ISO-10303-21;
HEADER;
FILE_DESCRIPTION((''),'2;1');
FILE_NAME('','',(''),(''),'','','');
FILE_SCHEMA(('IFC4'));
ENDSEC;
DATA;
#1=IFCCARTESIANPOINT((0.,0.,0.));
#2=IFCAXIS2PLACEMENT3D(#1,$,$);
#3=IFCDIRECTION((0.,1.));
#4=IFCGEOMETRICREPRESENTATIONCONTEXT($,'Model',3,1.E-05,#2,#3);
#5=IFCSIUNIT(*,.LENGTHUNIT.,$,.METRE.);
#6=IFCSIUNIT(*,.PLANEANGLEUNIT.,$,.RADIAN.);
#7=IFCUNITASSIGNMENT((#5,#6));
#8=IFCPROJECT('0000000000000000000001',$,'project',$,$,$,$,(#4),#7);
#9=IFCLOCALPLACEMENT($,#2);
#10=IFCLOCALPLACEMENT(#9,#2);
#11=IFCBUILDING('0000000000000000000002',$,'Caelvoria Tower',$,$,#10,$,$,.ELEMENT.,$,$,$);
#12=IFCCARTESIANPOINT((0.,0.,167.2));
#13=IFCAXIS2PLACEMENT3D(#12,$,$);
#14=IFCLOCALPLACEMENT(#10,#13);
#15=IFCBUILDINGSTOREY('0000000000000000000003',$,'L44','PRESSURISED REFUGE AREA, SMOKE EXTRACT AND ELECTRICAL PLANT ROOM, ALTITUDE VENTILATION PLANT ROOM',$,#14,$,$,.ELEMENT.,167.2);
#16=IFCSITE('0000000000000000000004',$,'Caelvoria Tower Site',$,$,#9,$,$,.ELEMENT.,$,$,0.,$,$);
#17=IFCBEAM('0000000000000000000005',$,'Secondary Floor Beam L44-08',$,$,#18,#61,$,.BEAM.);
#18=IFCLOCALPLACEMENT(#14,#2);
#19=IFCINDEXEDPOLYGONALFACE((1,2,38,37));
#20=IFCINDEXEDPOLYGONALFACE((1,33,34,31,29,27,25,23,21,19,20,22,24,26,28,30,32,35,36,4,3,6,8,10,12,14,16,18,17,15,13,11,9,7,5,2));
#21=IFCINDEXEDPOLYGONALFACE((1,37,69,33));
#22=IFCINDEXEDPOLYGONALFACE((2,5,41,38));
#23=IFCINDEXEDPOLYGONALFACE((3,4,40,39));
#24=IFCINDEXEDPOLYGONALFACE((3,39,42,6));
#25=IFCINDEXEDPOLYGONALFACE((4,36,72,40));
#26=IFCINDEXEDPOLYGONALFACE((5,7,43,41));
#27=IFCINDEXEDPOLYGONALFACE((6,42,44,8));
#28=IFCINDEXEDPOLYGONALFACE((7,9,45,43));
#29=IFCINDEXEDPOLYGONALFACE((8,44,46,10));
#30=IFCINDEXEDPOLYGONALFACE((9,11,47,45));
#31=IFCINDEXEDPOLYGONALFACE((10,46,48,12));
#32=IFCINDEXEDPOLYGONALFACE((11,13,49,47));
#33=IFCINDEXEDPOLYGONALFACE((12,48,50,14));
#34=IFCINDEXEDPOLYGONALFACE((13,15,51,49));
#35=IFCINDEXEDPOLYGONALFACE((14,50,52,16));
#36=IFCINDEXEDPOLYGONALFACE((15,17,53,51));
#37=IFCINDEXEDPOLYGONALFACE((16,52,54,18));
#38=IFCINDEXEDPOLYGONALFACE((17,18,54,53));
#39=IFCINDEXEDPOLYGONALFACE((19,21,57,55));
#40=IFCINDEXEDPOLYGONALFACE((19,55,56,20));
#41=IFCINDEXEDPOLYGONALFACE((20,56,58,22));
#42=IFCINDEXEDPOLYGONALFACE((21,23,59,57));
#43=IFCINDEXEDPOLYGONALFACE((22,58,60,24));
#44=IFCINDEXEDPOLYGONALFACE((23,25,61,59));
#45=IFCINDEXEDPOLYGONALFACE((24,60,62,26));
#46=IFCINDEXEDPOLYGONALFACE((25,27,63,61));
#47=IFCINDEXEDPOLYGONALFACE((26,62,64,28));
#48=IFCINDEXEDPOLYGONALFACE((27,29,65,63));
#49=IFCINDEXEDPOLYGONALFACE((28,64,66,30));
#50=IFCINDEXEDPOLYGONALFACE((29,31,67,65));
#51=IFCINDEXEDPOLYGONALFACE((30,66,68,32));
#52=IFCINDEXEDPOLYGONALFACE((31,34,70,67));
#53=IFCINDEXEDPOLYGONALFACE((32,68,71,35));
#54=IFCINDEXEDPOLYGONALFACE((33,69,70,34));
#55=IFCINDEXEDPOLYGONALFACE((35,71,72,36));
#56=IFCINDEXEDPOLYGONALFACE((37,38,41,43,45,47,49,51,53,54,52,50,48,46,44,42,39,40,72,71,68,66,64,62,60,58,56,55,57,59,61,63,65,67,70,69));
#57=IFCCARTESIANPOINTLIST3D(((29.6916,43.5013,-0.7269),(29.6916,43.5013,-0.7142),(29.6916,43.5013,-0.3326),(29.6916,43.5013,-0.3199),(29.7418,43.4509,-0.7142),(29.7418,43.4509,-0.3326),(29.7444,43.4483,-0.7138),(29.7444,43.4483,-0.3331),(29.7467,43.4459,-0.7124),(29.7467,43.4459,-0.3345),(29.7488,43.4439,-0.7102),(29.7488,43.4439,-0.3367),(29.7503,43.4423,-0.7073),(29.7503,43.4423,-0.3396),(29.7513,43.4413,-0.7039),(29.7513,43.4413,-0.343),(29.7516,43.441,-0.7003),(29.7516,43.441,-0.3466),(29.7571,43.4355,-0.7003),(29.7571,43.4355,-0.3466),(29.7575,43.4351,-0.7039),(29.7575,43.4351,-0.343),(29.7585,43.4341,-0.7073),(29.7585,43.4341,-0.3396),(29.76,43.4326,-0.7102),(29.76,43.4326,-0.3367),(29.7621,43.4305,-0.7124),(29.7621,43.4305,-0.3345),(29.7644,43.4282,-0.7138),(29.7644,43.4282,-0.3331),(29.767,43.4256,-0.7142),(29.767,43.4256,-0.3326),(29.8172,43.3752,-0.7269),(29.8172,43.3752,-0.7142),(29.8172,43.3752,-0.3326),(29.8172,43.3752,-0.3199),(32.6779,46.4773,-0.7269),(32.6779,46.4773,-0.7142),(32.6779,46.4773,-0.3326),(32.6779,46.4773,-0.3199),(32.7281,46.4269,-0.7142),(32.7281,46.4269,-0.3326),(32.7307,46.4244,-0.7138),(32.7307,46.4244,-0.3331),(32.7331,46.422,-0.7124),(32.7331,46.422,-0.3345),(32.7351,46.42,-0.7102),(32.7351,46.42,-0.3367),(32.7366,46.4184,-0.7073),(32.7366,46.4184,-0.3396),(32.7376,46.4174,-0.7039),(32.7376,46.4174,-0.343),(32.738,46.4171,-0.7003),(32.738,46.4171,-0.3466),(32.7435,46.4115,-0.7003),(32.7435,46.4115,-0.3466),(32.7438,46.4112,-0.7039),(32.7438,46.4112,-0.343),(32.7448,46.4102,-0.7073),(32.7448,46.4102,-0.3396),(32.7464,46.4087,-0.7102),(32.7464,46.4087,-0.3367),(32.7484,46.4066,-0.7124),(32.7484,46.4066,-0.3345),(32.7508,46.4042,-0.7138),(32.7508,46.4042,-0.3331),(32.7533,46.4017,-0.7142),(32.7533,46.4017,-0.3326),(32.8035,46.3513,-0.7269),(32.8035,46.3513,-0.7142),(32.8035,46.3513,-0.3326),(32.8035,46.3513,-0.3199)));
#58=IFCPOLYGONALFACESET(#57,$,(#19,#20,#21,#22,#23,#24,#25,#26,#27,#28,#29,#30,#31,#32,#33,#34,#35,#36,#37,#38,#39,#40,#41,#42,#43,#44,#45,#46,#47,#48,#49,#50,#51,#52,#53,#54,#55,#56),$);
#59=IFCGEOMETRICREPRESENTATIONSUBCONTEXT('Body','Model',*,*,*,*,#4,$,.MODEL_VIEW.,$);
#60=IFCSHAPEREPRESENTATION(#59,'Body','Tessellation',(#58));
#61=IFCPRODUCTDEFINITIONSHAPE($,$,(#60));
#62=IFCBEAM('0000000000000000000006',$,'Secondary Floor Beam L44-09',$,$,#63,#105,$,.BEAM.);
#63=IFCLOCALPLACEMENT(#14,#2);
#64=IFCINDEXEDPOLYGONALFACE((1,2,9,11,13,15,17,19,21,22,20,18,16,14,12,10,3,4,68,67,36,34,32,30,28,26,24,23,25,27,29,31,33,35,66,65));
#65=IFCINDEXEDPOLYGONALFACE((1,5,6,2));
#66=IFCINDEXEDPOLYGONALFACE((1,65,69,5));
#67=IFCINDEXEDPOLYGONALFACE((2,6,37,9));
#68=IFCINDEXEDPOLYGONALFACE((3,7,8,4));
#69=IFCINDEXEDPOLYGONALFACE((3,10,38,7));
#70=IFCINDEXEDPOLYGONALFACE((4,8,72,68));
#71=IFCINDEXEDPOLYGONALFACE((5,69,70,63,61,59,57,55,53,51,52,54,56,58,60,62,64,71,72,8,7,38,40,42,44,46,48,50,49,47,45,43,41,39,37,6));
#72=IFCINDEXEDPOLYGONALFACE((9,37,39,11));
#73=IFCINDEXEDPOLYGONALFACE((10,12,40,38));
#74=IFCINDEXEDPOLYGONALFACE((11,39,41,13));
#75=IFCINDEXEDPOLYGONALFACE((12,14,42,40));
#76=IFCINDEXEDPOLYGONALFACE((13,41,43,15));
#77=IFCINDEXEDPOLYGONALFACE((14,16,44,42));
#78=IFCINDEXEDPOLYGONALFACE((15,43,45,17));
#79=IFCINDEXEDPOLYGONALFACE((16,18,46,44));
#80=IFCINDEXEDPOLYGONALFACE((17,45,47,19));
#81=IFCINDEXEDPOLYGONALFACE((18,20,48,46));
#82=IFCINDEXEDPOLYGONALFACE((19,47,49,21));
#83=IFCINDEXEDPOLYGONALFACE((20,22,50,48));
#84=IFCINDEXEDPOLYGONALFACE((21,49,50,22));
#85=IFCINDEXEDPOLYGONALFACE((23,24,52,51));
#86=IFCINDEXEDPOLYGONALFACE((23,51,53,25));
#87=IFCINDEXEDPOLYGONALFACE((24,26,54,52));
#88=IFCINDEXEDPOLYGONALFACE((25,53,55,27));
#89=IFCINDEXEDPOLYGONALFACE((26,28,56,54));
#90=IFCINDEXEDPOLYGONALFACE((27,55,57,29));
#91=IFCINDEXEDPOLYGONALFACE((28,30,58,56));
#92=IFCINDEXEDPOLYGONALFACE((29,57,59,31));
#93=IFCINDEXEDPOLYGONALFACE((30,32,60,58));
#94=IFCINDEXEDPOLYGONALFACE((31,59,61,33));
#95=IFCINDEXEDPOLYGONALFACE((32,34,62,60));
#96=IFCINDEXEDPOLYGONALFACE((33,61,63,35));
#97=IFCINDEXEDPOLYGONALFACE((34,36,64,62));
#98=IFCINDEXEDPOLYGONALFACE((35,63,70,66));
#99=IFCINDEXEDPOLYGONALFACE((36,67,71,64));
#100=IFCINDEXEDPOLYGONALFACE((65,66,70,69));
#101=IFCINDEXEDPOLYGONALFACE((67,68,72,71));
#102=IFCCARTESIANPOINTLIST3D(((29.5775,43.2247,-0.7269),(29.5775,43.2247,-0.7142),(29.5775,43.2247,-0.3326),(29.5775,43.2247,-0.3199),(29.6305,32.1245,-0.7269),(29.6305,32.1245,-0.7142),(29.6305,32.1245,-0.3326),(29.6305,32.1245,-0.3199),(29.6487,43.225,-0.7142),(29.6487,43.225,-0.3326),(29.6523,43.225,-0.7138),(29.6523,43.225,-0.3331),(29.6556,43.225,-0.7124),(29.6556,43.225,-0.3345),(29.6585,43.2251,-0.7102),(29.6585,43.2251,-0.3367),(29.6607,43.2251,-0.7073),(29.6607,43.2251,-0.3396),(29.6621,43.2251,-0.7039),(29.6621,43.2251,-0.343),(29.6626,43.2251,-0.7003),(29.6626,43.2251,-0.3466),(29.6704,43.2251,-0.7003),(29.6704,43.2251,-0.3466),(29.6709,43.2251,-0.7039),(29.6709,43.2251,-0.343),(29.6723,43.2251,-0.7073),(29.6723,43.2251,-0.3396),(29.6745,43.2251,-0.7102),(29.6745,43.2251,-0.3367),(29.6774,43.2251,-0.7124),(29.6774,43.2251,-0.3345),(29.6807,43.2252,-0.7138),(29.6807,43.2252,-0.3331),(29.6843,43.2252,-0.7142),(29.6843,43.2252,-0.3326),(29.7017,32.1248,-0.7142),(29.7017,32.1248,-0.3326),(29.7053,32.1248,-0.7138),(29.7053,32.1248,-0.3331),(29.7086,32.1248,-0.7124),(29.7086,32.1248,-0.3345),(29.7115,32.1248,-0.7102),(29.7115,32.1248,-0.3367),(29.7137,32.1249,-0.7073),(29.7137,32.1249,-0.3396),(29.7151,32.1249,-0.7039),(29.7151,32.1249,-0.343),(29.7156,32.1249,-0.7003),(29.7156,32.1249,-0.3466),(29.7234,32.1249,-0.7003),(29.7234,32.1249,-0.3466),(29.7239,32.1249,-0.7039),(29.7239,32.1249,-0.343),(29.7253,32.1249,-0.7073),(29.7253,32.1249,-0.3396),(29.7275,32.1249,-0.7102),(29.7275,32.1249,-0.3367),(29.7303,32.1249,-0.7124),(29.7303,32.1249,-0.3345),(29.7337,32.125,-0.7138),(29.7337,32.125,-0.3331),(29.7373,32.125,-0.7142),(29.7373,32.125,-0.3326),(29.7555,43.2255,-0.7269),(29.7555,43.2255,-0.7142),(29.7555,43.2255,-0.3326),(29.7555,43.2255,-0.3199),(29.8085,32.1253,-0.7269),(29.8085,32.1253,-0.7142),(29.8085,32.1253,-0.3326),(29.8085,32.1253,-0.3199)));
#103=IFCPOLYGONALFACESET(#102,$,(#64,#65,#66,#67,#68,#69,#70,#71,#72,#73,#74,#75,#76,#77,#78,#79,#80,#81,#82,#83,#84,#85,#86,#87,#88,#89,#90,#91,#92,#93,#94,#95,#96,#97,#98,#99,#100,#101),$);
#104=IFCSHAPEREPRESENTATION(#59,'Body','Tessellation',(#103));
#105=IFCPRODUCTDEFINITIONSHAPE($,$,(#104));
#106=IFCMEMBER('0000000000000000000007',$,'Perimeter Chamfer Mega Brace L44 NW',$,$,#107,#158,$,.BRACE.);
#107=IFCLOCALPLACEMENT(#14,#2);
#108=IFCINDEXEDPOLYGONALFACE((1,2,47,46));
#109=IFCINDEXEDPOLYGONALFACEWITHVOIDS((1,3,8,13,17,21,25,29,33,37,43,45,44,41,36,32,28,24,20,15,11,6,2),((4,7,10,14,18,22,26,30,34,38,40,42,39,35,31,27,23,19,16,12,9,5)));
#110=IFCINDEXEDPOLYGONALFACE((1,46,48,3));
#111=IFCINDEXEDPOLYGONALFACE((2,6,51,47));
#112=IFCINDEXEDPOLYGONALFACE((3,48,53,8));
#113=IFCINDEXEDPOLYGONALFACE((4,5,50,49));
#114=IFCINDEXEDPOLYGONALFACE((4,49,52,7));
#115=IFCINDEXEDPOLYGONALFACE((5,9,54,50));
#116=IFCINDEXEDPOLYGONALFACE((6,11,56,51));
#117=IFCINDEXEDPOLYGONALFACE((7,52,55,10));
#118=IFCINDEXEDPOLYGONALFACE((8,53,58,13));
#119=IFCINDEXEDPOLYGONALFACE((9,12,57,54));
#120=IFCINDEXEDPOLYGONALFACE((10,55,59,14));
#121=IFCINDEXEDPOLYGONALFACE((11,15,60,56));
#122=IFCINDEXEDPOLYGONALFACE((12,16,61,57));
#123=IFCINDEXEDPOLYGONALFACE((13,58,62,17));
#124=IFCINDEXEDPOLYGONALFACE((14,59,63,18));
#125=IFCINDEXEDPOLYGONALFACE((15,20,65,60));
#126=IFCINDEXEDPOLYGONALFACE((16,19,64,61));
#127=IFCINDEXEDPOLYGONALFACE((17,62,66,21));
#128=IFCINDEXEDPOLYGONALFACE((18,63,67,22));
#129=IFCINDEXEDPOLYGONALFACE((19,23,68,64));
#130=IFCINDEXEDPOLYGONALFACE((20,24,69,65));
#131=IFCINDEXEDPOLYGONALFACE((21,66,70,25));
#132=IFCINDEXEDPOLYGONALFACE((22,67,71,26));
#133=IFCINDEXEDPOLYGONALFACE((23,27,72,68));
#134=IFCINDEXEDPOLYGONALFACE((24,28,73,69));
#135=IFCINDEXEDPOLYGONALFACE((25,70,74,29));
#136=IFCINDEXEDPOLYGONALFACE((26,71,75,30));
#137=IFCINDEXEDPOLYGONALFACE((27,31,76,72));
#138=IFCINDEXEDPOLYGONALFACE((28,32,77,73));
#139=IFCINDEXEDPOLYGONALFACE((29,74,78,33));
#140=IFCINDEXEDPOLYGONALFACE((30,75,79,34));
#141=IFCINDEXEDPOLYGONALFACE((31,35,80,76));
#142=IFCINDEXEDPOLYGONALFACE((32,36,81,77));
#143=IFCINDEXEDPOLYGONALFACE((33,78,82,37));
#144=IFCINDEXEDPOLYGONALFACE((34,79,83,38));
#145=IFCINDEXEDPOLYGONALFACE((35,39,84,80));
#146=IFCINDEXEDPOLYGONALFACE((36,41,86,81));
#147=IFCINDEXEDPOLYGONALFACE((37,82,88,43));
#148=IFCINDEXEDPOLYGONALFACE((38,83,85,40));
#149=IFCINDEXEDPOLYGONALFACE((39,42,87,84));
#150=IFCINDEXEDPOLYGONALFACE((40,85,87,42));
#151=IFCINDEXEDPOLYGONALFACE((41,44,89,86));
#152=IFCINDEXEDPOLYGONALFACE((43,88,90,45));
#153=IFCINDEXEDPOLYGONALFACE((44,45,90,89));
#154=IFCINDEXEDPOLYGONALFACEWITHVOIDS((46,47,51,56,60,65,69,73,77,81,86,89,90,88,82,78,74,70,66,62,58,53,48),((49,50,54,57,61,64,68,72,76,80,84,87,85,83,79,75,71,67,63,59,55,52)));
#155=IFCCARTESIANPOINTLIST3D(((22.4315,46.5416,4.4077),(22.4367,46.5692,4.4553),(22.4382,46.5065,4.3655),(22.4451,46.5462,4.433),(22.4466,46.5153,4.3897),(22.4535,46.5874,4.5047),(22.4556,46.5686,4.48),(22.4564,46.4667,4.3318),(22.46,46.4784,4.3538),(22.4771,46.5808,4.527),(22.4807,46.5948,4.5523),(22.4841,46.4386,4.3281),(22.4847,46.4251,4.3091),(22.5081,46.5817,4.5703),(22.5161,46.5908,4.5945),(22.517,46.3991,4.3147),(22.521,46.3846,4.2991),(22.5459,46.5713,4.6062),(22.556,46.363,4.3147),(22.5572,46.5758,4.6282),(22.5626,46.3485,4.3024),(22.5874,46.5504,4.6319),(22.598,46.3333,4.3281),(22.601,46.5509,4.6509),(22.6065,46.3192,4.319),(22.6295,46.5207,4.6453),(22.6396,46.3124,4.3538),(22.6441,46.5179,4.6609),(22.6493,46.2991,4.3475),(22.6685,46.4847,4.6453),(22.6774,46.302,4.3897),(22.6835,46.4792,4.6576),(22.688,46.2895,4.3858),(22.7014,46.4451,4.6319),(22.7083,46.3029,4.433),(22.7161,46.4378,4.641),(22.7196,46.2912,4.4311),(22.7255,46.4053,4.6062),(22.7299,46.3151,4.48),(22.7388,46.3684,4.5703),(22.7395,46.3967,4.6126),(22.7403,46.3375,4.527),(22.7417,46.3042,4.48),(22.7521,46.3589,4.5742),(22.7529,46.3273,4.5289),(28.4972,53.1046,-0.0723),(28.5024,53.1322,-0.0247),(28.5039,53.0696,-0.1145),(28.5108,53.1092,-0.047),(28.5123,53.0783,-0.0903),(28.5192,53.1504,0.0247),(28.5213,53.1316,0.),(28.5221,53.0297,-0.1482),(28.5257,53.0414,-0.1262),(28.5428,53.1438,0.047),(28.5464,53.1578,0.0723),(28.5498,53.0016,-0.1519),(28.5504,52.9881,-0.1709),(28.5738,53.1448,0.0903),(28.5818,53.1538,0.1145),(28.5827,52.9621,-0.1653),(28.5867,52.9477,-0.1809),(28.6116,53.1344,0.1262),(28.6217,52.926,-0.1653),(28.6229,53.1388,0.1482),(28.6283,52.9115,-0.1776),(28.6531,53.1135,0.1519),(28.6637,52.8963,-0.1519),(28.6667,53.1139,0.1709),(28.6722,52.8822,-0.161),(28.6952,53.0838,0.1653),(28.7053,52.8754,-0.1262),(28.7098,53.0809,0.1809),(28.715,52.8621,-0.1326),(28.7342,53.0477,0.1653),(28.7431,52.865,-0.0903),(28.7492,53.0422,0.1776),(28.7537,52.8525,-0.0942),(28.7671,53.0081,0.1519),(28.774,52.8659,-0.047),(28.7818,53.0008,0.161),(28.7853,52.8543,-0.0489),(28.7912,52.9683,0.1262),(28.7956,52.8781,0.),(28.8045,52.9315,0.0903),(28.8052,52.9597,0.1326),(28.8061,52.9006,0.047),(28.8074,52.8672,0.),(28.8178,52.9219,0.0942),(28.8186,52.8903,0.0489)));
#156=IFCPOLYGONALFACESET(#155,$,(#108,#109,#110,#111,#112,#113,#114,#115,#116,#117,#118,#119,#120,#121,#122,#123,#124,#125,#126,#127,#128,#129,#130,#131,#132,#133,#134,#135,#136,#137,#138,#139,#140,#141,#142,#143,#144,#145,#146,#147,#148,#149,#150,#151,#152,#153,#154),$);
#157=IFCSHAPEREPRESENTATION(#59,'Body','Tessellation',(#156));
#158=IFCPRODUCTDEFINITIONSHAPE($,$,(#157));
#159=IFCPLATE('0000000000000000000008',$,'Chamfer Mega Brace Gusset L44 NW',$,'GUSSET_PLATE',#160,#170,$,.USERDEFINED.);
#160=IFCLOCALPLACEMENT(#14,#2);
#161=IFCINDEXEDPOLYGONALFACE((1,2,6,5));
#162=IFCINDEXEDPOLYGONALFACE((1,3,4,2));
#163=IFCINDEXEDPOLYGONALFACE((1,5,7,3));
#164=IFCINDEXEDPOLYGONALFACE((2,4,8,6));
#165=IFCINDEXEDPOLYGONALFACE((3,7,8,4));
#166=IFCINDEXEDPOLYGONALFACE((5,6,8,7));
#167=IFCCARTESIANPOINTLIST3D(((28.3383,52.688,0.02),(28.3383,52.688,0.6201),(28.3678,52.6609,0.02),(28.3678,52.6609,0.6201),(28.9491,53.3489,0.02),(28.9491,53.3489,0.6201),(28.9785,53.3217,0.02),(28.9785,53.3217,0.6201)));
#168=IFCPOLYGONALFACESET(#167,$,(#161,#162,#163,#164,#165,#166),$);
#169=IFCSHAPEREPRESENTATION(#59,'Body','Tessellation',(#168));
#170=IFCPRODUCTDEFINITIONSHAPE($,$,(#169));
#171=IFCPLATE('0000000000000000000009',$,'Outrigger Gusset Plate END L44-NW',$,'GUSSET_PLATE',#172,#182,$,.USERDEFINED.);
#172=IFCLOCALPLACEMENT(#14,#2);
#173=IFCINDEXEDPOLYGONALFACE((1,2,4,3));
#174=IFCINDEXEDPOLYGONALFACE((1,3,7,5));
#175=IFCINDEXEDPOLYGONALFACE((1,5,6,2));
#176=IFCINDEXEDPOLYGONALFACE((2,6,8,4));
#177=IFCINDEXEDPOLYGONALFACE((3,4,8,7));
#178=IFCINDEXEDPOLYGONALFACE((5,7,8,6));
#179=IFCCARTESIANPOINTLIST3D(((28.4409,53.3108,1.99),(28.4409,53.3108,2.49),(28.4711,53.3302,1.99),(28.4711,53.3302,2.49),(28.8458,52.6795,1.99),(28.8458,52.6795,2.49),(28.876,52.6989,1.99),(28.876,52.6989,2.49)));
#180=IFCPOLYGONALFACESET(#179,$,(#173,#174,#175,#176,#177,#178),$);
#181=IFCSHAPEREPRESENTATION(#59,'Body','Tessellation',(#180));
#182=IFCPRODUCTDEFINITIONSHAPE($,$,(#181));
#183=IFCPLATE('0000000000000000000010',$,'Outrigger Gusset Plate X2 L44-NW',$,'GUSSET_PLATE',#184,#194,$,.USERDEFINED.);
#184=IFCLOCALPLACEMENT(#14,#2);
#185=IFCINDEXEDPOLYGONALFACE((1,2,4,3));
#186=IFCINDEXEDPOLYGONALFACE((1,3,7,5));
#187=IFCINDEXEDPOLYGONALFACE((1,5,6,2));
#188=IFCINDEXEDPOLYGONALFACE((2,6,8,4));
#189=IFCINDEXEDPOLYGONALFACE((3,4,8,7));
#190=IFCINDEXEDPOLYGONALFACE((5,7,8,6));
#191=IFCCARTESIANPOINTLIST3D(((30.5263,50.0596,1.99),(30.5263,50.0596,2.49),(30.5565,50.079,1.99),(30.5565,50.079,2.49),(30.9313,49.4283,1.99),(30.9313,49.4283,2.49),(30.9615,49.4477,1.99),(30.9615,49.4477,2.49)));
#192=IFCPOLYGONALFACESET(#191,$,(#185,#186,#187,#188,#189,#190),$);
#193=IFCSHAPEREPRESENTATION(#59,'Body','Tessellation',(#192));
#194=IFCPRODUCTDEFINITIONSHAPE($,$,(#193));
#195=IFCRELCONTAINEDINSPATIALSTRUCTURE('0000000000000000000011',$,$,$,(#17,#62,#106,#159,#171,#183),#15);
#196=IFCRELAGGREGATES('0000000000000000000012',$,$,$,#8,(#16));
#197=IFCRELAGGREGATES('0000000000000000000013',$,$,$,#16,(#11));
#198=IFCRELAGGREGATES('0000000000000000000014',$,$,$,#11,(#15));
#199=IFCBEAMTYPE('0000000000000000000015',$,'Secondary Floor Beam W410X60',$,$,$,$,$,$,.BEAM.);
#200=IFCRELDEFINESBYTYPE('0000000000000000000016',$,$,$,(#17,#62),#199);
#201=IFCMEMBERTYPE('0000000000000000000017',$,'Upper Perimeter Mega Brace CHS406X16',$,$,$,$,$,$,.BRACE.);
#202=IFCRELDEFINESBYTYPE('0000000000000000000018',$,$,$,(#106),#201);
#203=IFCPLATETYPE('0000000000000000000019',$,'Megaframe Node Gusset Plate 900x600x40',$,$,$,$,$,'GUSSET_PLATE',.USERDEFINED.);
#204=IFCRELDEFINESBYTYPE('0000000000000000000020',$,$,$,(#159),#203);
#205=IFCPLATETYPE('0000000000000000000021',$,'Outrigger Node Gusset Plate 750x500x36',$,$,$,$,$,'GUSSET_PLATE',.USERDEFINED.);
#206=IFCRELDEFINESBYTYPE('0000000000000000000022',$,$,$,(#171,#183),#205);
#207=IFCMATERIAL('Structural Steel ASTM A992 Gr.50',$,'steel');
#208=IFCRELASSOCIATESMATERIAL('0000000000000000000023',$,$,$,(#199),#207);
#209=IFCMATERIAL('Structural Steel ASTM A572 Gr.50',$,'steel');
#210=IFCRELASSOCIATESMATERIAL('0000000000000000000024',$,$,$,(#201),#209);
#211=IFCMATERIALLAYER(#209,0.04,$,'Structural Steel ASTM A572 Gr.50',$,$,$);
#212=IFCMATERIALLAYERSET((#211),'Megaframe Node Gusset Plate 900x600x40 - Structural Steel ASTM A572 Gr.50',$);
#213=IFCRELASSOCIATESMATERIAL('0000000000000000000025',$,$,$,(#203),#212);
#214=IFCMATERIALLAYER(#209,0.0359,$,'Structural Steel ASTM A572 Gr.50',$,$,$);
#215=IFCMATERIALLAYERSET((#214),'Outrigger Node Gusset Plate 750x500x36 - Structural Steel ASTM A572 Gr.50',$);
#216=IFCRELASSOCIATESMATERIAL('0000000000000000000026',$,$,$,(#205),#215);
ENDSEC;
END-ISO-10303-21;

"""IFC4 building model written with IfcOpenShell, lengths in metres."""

from ifc_helpers import new_model, si_unit, direction, frame, origin, origin_2d, place, context, subcontext, project, spatial, rectangle, hollow_circle, i_section, extrude, material, layer, layer_set, material_profile, profile_set, type_object, element, save


model = new_model("IFC4")

# Units and contexts
model_context = context("Model", 3, precision=1e-05, world=origin(), true_north=direction((0.0, 1.0)))
body_context = subcontext(model_context, "Body", "Model", "MODEL_VIEW")
ifc_project = project(units=[si_unit("LENGTHUNIT", "METRE"), si_unit("PLANEANGLEUNIT", "RADIAN")], contexts=[model_context])

# Site, building, storey
site_placement = place(None, origin())
site = spatial("IfcSite", under=ifc_project, at=site_placement, Name="Caelvoria Tower Site", CompositionType="ELEMENT", RefElevation=0.0)
building_placement = place(site_placement, origin())
building = spatial("IfcBuilding", under=site, at=building_placement, Name="Caelvoria Tower", CompositionType="ELEMENT")
storey_placement = place(building_placement, frame((0.0, 0.0, 167.2)))
storey = spatial("IfcBuildingStorey", under=building, at=storey_placement, Name="L44", Description="PRESSURISED REFUGE AREA, SMOKE EXTRACT AND ELECTRICAL PLANT ROOM, ALTITUDE VENTILATION PLANT ROOM", CompositionType="ELEMENT", Elevation=167.2)

# Shared definitions
ifc_material_1 = material(Name="Structural Steel ASTM A572 Gr.50", Category="steel")

# Beams
ifc_material_2 = material(Name="Structural Steel ASTM A992 Gr.50", Category="steel")
ifc_material_profile_1 = material_profile(ifc_material_2, i_section(OverallWidth=0.178, OverallDepth=0.407, WebThickness=0.0078, FlangeThickness=0.0127, FilletRadius=0.0139, at=origin_2d()), Name="Structural Steel ASTM A992 Gr.50")
ifc_profile_set_1 = profile_set([ifc_material_profile_1], Name="W410X60 - Structural Steel ASTM A992 Gr.50")
beam_type_1 = type_object("IfcBeamType", Name="Secondary Floor Beam W410X60", PredefinedType="BEAM", material=ifc_profile_set_1)
beam_1_placement = place(storey_placement, frame((32.7407, 46.4143, -0.5234), z_axis=(-0.708322, -0.70589, 0.0), x_axis=(0.70589, -0.708322, 0.0)))
element("IfcBeam", 1, at=beam_1_placement, inside=storey, type_object=beam_type_1, Name="Secondary Floor Beam L44-08", PredefinedType="BEAM", context=body_context, shape_type="SweptSolid", body=[
    extrude(i_section(OverallWidth=0.178, OverallDepth=0.407, WebThickness=0.0078, FlangeThickness=0.0127, FilletRadius=0.0139, at=origin_2d()), origin(), (0.0, 0.0, 1.0), 4.2161),
])
beam_2_placement = place(storey_placement, frame((29.6665, 43.2251, -0.5234), z_axis=(0.004773, -0.999989, 0.0), x_axis=(0.999989, 0.004773, 0.0)))
element("IfcBeam", 2, at=beam_2_placement, inside=storey, type_object=beam_type_1, Name="Secondary Floor Beam L44-09", PredefinedType="BEAM", context=body_context, shape_type="SweptSolid", body=[
    extrude(i_section(OverallWidth=0.178, OverallDepth=0.407, WebThickness=0.0078, FlangeThickness=0.0127, FilletRadius=0.0139, at=origin_2d()), origin(), (0.0, 0.0, 1.0), 11.1003),
])

# Member
ifc_material_profile_2 = material_profile(ifc_material_1, hollow_circle(Radius=0.2029, WallThickness=0.0161, at=origin_2d()), Name="Structural Steel ASTM A572 Gr.50")
ifc_profile_set_2 = profile_set([ifc_material_profile_2], Name="CHS406X16 - Structural Steel ASTM A572 Gr.50")
member_type_1 = type_object("IfcMemberType", Name="Upper Perimeter Mega Brace CHS406X16", PredefinedType="BRACE", material=ifc_profile_set_2)
member_1_placement = place(storey_placement, frame((28.6584, 53.0049, 0.0), z_axis=(-0.606763, -0.656511, 0.448143), x_axis=(0.734383, -0.678735, 0.0)))
element("IfcMember", 3, at=member_1_placement, inside=storey, type_object=member_type_1, Name="Perimeter Chamfer Mega Brace L44 NW", PredefinedType="BRACE", context=body_context, shape_type="SweptSolid", body=[
    extrude(hollow_circle(Radius=0.2029, WallThickness=0.0161, at=origin_2d()), origin(), (0.0, 0.0, 1.0), 9.9968),
])

# Plates
ifc_layer_1 = layer(ifc_material_1, 0.04, Name="Structural Steel ASTM A572 Gr.50")
ifc_layer_set_1 = layer_set([ifc_layer_1], Name="Megaframe Node Gusset Plate 900x600x40 - Structural Steel ASTM A572 Gr.50")
plate_type_1 = type_object("IfcPlateType", Name="Megaframe Node Gusset Plate 900x600x40", ElementType="GUSSET_PLATE", PredefinedType="USERDEFINED", material=ifc_layer_set_1)
plate_placement = place(storey_placement, frame((28.6584, 53.0049, 0.02), z_axis=(0.0, 0.0, 1.0), x_axis=(-0.678735, -0.734383, 0.0)))
element("IfcPlate", 4, at=plate_placement, inside=storey, type_object=plate_type_1, Name="Chamfer Mega Brace Gusset L44 NW", ObjectType="GUSSET_PLATE", PredefinedType="USERDEFINED", context=body_context, shape_type="SweptSolid", body=[
    extrude(rectangle(XDim=0.8999, YDim=0.04, at=origin_2d()), origin(), (0.0, 0.0, 1.0), 0.6001),
])
ifc_layer_2 = layer(ifc_material_1, 0.0359, Name="Structural Steel ASTM A572 Gr.50")
ifc_layer_set_2 = layer_set([ifc_layer_2], Name="Outrigger Node Gusset Plate 750x500x36 - Structural Steel ASTM A572 Gr.50")
plate_type_2 = type_object("IfcPlateType", Name="Outrigger Node Gusset Plate 750x500x36", ElementType="GUSSET_PLATE", PredefinedType="USERDEFINED", material=ifc_layer_set_2)
for number, where, z_axis, x_axis, name in (
    (5, (28.6584, 53.0049, 1.99), (0.0, 0.0, 1.0), (-0.539904, 0.841727, 0.0), "Outrigger Gusset Plate END L44-NW"),
    (6, (30.7439, 49.7537, 1.99), (0.0, 0.0, 1.0), (-0.539904, 0.841727, 0.0), "Outrigger Gusset Plate X2 L44-NW"),
):
    element("IfcPlate", number, at=place(storey_placement, frame(where, z_axis=z_axis, x_axis=x_axis)), inside=storey, type_object=plate_type_2, Name=name, ObjectType="GUSSET_PLATE", PredefinedType="USERDEFINED", context=body_context, shape_type="SweptSolid", body=[
        extrude(rectangle(XDim=0.75, YDim=0.0359, at=origin_2d()), origin(), (0.0, 0.0, 1.0), 0.5),
    ])

save(model, "model.ifc")
